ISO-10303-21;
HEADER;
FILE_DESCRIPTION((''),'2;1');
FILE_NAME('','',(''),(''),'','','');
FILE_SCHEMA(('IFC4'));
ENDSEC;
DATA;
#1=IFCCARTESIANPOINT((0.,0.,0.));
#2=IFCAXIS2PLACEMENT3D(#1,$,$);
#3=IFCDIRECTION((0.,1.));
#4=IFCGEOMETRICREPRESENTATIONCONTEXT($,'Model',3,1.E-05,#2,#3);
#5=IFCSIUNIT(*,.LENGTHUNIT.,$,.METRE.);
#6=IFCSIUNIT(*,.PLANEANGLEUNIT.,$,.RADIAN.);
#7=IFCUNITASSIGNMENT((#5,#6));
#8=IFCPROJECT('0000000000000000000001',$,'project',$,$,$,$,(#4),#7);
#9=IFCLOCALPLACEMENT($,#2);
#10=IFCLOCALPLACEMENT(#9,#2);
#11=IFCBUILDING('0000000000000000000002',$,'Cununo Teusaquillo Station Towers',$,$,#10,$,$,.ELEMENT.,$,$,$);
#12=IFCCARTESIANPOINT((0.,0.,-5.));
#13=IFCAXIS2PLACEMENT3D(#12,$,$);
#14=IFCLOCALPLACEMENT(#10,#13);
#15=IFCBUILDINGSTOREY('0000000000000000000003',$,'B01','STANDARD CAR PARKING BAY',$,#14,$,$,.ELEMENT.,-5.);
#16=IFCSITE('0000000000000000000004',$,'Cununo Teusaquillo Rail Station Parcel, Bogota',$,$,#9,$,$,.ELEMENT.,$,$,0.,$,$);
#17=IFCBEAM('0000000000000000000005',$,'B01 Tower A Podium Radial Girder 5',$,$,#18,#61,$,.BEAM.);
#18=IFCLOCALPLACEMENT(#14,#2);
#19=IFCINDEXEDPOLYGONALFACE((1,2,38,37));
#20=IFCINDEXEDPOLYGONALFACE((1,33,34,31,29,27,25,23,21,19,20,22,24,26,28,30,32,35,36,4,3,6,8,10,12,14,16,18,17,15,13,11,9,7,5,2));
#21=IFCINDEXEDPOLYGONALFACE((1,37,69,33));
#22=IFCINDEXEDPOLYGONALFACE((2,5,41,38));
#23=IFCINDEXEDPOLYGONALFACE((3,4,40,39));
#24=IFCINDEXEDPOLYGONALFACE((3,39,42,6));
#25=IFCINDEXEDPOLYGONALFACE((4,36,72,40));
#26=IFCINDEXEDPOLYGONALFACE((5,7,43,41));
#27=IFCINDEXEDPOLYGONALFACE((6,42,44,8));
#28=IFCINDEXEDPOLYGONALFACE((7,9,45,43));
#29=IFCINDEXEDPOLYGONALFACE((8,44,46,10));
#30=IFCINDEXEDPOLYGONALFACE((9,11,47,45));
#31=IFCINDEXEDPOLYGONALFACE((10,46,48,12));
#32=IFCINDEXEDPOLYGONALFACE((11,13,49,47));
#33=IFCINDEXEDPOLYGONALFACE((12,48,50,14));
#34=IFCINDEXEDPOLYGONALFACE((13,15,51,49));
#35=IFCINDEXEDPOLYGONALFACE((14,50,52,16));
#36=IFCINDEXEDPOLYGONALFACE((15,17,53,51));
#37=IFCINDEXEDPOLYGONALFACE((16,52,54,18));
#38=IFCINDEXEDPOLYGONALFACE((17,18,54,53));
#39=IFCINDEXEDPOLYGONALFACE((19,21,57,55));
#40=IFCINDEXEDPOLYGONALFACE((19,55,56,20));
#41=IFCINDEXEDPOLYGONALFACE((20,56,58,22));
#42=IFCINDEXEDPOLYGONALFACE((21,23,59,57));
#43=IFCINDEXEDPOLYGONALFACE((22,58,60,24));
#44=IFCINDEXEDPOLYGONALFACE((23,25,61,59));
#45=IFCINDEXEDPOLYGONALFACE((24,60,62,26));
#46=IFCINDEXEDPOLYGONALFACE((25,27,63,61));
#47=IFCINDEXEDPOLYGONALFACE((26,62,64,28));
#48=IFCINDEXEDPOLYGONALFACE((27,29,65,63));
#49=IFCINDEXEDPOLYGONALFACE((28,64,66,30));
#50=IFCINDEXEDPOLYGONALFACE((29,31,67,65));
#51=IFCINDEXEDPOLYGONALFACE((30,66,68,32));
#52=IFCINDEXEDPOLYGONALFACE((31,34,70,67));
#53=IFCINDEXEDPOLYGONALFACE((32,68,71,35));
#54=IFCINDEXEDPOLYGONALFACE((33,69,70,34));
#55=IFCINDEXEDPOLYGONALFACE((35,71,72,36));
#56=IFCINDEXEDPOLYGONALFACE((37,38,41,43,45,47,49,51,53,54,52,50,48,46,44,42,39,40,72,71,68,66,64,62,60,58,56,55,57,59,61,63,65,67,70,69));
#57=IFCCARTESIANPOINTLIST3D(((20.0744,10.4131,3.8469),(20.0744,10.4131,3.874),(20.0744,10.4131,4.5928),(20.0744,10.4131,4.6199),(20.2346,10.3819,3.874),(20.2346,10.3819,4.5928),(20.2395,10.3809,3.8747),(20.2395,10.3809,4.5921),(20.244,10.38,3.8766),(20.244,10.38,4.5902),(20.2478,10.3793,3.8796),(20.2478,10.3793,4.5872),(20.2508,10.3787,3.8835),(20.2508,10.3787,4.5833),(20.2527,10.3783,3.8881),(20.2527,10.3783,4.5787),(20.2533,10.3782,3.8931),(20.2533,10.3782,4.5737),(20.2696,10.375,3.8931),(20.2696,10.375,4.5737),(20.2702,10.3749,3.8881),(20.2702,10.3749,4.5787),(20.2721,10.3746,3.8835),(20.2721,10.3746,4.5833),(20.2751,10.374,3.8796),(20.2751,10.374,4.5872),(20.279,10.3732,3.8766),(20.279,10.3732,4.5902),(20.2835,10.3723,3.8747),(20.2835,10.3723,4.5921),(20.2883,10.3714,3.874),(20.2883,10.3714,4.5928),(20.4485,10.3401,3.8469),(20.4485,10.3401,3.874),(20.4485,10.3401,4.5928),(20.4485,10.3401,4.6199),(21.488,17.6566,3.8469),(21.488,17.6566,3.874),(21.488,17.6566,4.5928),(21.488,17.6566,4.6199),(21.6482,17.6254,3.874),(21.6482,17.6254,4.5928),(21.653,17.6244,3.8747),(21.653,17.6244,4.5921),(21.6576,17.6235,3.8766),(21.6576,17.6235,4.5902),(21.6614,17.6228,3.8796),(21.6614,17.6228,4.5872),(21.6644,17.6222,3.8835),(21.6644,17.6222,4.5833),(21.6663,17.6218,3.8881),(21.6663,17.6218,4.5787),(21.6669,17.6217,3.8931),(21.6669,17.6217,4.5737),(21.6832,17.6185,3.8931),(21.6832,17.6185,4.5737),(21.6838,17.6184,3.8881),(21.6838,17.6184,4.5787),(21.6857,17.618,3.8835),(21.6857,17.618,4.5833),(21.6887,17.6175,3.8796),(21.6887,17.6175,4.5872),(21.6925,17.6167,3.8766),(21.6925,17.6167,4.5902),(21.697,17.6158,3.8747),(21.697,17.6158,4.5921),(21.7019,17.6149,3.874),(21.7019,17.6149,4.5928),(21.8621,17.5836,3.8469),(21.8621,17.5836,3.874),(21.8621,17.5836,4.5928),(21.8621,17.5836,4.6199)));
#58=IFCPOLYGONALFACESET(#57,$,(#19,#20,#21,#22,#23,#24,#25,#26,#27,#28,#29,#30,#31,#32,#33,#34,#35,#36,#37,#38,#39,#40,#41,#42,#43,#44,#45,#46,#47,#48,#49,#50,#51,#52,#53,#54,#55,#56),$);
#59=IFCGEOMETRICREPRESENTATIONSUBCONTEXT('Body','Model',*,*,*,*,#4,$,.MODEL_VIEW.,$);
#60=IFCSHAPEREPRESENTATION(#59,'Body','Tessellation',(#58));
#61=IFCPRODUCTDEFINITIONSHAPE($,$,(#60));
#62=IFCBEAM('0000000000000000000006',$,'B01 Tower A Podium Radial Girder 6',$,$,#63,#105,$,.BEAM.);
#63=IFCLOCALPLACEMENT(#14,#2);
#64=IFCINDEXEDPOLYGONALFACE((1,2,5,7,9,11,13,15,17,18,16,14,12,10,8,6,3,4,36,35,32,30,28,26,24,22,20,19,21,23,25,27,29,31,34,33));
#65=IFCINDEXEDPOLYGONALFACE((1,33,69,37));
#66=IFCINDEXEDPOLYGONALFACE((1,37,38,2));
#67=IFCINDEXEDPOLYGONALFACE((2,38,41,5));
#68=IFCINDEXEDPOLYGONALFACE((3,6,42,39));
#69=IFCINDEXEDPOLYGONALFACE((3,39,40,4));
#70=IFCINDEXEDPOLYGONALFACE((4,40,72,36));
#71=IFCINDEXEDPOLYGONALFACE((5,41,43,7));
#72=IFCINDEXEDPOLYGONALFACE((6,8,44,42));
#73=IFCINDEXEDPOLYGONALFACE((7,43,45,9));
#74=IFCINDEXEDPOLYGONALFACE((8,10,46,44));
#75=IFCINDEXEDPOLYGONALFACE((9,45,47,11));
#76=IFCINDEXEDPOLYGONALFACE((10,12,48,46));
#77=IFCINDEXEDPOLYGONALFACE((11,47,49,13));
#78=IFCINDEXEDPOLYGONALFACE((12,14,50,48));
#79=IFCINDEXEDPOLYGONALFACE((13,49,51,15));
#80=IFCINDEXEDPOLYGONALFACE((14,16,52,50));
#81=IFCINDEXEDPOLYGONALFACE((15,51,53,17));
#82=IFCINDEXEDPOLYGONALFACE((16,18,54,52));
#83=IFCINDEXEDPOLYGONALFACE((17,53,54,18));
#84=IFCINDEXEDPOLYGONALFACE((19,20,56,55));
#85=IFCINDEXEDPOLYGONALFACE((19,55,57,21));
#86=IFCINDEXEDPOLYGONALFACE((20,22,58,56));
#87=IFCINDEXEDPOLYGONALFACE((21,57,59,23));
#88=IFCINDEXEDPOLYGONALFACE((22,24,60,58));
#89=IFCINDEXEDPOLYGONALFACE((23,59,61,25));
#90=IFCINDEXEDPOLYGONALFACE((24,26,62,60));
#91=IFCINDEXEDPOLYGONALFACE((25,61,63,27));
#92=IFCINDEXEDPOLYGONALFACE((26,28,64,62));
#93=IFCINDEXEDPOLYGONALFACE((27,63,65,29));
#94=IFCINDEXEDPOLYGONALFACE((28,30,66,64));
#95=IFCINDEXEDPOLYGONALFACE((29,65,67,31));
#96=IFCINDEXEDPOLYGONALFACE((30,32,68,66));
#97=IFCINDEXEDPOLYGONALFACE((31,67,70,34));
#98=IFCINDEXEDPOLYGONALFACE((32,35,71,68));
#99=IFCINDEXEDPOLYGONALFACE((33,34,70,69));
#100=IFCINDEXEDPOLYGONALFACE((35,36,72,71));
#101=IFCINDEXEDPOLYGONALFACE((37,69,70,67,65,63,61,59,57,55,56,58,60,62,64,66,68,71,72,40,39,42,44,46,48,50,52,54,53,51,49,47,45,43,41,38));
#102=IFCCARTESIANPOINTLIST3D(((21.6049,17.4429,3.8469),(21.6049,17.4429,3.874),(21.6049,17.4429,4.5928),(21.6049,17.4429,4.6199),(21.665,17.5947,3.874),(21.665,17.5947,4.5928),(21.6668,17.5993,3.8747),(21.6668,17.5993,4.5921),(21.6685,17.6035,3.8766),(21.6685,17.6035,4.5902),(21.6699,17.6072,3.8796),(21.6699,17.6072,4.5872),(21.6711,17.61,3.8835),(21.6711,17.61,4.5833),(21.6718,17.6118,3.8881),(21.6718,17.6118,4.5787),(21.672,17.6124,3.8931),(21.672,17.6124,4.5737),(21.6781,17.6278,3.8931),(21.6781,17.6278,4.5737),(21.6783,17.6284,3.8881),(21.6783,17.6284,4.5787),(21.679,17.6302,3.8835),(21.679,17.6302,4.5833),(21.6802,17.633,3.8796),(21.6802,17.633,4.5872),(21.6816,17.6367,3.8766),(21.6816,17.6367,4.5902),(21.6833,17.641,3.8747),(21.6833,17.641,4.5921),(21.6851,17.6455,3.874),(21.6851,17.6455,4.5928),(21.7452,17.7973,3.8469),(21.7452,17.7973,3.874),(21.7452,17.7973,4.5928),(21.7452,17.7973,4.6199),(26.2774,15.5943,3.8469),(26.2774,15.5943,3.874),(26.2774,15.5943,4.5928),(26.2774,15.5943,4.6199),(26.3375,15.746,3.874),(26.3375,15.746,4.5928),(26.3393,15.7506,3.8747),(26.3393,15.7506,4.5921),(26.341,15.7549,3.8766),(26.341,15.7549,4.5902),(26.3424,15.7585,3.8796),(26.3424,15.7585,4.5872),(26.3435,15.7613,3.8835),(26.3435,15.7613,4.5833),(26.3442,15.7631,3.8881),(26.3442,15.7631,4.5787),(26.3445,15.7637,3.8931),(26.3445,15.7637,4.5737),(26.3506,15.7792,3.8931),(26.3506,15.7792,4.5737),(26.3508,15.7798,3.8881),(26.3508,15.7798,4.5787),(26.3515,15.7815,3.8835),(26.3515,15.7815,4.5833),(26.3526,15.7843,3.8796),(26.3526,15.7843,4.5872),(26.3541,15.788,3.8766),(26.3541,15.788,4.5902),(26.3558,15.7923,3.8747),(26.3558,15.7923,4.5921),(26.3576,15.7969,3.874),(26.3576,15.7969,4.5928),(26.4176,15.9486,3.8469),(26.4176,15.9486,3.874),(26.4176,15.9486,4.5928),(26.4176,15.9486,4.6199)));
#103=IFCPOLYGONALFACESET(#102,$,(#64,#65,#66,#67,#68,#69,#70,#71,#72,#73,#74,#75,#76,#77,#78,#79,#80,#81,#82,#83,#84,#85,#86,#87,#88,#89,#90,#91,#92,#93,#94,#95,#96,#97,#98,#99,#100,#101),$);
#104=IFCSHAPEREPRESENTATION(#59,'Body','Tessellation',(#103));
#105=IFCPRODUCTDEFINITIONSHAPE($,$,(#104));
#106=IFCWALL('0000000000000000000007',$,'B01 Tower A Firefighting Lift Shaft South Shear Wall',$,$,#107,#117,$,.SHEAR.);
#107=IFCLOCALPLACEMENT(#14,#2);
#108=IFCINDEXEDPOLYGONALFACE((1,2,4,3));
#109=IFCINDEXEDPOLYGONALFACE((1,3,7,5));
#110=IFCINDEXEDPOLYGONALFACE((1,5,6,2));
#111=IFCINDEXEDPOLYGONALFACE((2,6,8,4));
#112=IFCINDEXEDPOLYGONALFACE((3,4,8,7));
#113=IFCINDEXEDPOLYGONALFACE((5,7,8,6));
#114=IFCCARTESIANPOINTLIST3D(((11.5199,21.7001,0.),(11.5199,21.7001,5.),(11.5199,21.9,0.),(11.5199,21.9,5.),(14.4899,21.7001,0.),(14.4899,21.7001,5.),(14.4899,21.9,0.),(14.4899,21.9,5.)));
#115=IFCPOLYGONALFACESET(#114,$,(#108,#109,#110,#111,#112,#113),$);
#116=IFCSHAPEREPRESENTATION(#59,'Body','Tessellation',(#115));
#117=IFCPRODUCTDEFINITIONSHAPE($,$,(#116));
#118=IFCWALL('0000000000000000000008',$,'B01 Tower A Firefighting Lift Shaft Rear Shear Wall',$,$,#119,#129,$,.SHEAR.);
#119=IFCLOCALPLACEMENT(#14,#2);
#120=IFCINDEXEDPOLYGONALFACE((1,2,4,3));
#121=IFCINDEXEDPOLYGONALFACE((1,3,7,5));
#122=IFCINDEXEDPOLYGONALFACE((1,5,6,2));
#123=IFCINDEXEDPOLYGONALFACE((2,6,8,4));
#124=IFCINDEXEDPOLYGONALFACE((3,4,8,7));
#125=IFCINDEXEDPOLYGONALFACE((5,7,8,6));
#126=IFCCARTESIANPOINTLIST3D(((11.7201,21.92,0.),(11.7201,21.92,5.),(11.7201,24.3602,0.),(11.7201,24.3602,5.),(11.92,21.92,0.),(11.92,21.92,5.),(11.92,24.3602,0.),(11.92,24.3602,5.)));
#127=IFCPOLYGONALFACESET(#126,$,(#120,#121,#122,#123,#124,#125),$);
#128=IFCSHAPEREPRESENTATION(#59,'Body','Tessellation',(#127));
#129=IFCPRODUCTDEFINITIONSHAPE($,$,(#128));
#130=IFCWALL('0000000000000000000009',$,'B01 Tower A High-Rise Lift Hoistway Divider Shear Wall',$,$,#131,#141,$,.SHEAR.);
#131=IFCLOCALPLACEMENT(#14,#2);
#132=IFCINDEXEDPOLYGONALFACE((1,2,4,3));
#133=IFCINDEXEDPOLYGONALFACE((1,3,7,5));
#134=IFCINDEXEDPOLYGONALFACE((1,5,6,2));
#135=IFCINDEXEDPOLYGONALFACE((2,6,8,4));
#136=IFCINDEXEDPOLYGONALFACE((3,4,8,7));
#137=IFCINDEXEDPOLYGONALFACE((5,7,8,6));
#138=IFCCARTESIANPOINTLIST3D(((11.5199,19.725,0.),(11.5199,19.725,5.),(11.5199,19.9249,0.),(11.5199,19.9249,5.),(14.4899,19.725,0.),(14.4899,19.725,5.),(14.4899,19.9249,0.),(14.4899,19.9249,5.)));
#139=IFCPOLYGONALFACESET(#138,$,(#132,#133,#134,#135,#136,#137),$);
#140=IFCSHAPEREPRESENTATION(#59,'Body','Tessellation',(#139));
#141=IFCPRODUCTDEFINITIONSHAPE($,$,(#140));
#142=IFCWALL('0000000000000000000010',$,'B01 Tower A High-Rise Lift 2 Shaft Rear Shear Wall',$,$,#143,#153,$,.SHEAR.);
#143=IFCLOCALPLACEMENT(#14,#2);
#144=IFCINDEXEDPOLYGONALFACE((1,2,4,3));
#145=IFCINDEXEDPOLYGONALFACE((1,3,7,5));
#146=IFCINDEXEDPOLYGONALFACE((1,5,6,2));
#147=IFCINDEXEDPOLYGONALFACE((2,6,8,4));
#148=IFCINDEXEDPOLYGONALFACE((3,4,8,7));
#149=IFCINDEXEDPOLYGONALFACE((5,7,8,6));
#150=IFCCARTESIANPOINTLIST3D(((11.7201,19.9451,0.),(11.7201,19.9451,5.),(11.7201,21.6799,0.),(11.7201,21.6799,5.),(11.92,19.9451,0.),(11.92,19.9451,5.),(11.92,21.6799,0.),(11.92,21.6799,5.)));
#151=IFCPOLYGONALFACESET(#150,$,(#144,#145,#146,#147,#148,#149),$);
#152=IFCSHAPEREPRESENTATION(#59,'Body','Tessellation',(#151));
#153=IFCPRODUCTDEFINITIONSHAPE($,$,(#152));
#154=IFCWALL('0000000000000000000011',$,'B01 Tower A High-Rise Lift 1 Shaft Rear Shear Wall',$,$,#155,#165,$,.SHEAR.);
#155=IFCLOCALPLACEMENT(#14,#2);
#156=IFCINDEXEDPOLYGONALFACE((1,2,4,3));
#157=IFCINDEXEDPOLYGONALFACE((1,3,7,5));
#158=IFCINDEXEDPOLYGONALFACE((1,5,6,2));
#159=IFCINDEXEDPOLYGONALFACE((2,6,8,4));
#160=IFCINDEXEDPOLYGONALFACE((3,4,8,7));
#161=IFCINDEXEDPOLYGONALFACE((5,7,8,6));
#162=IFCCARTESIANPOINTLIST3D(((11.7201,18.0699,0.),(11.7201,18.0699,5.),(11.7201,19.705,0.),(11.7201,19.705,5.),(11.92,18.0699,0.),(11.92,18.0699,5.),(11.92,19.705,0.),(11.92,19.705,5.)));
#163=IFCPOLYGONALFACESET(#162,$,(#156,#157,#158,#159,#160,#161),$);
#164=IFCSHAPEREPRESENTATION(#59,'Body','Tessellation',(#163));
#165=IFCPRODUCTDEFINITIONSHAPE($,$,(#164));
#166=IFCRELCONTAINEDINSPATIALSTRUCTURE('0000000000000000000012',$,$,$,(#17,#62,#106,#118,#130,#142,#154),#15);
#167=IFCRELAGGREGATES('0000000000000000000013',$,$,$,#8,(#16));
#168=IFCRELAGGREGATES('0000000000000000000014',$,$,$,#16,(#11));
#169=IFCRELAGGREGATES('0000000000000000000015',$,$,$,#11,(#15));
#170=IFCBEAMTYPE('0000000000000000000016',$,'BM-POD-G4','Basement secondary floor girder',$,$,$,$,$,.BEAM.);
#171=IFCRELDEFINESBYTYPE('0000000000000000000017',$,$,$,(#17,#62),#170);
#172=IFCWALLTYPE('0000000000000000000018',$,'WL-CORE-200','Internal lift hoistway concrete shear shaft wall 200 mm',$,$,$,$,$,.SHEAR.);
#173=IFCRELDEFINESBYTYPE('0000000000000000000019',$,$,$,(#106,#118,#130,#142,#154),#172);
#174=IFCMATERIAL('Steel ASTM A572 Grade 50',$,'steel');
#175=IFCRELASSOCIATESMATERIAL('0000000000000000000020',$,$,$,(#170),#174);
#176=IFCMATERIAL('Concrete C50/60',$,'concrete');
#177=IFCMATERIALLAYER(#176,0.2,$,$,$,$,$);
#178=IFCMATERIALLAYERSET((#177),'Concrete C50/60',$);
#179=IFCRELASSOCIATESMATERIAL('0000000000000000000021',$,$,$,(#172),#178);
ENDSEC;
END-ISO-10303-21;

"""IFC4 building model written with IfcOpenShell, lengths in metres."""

from ifc_helpers import new_model, si_unit, direction, frame, frame_2d, origin, origin_2d, place, context, subcontext, project, spatial, rectangle, i_section, extrude, material, layer, layer_set, material_profile, profile_set, type_object, element, save


model = new_model("IFC4")

# Units and contexts
model_context = context("Model", 3, precision=1e-05, world=origin(), true_north=direction((0.0, 1.0)))
body_context = subcontext(model_context, "Body", "Model", "MODEL_VIEW")
ifc_project = project(units=[si_unit("LENGTHUNIT", "METRE"), si_unit("PLANEANGLEUNIT", "RADIAN")], contexts=[model_context])

# Site, building, storey
site_placement = place(None, origin())
site = spatial("IfcSite", under=ifc_project, at=site_placement, Name="Cununo Teusaquillo Rail Station Parcel, Bogota", CompositionType="ELEMENT", RefElevation=0.0)
building_placement = place(site_placement, origin())
building = spatial("IfcBuilding", under=site, at=building_placement, Name="Cununo Teusaquillo Station Towers", CompositionType="ELEMENT")
storey_placement = place(building_placement, frame((0.0, 0.0, -5.0)))
storey = spatial("IfcBuildingStorey", under=building, at=storey_placement, Name="B01", Description="STANDARD CAR PARKING BAY", CompositionType="ELEMENT", Elevation=-5.0)

# Beams
ifc_material_1 = material(Name="Steel ASTM A572 Grade 50", Category="steel")
ifc_material_profile = material_profile(ifc_material_1, i_section(OverallWidth=0.3811, OverallDepth=0.7729, WebThickness=0.0166, FlangeThickness=0.0271, FilletRadius=0.019, at=origin_2d()), Name="W30X173")
ifc_profile_set = profile_set([ifc_material_profile], Name="Steel ASTM A572 Grade 50")
beam_type = type_object("IfcBeamType", Name="BM-POD-G4", Description="Basement secondary floor girder", PredefinedType="BEAM", material=ifc_profile_set)
beam_1_placement = place(storey_placement, frame((21.675, 17.6201, 4.2334), z_axis=(-0.19154, -0.981485, 0.0), x_axis=(0.981485, -0.19154, 0.0)))
element("IfcBeam", 1, at=beam_1_placement, inside=storey, type_object=beam_type, Name="B01 Tower A Podium Radial Girder 5", PredefinedType="BEAM", context=body_context, shape_type="SweptSolid", body=[
    extrude(i_section(OverallWidth=0.3811, OverallDepth=0.7729, WebThickness=0.0166, FlangeThickness=0.0271, FilletRadius=0.019, at=origin_2d()), origin(), (0.0, 0.0, 1.0), 7.3801),
])
beam_2_placement = place(storey_placement, frame((21.675, 17.6201, 4.2334), z_axis=(0.929864, -0.367903, 0.0), x_axis=(0.367903, 0.929864, 0.0)))
element("IfcBeam", 2, at=beam_2_placement, inside=storey, type_object=beam_type, Name="B01 Tower A Podium Radial Girder 6", PredefinedType="BEAM", context=body_context, shape_type="SweptSolid", body=[
    extrude(i_section(OverallWidth=0.3811, OverallDepth=0.7729, WebThickness=0.0166, FlangeThickness=0.0271, FilletRadius=0.019, at=origin_2d()), origin(), (0.0, 0.0, 1.0), 5.0249),
])

# Walls
ifc_material_2 = material(Name="Concrete C50/60", Category="concrete")
ifc_layer_1 = layer(ifc_material_2, 0.2)
ifc_layer_set_1 = layer_set([ifc_layer_1], Name="Concrete C50/60")
wall_type_1 = type_object("IfcWallType", Name="WL-CORE-200", Description="Internal lift hoistway concrete shear shaft wall 200 mm", PredefinedType="SHEAR", material=ifc_layer_set_1)
wall_1_placement = place(storey_placement, frame((11.52, 21.8, 0.0), z_axis=(0.0, 0.0, 1.0), x_axis=(1.0, 0.0, 0.0)))
element("IfcWall", 3, at=wall_1_placement, inside=storey, type_object=wall_type_1, Name="B01 Tower A Firefighting Lift Shaft South Shear Wall", PredefinedType="SHEAR", context=body_context, shape_type="SweptSolid", body=[
    extrude(rectangle(XDim=2.97, YDim=0.2, at=frame_2d((1.4849, 0.0))), origin(), (0.0, 0.0, 1.0), 5.0),
])
wall_2_placement = place(storey_placement, frame((11.8201, 21.9199, 0.0), z_axis=(0.0, 0.0, 1.0), x_axis=(0.0, 1.0, 0.0)))
element("IfcWall", 4, at=wall_2_placement, inside=storey, type_object=wall_type_1, Name="B01 Tower A Firefighting Lift Shaft Rear Shear Wall", PredefinedType="SHEAR", context=body_context, shape_type="SweptSolid", body=[
    extrude(rectangle(XDim=2.4402, YDim=0.2, at=frame_2d((1.2202, 0.0))), origin(), (0.0, 0.0, 1.0), 5.0),
])
wall_3_placement = place(storey_placement, frame((11.52, 19.825, 0.0), z_axis=(0.0, 0.0, 1.0), x_axis=(1.0, 0.0, 0.0)))
element("IfcWall", 5, at=wall_3_placement, inside=storey, type_object=wall_type_1, Name="B01 Tower A High-Rise Lift Hoistway Divider Shear Wall", PredefinedType="SHEAR", context=body_context, shape_type="SweptSolid", body=[
    extrude(rectangle(XDim=2.97, YDim=0.2, at=frame_2d((1.4849, 0.0))), origin(), (0.0, 0.0, 1.0), 5.0),
])
wall_4_placement = place(storey_placement, frame((11.8201, 19.9451, 0.0), z_axis=(0.0, 0.0, 1.0), x_axis=(0.0, 1.0, 0.0)))
element("IfcWall", 6, at=wall_4_placement, inside=storey, type_object=wall_type_1, Name="B01 Tower A High-Rise Lift 2 Shaft Rear Shear Wall", PredefinedType="SHEAR", context=body_context, shape_type="SweptSolid", body=[
    extrude(rectangle(XDim=1.7349, YDim=0.2, at=frame_2d((0.8674, 0.0))), origin(), (0.0, 0.0, 1.0), 5.0),
])
wall_5_placement = place(storey_placement, frame((11.8201, 18.0701, 0.0), z_axis=(0.0, 0.0, 1.0), x_axis=(0.0, 1.0, 0.0)))
element("IfcWall", 7, at=wall_5_placement, inside=storey, type_object=wall_type_1, Name="B01 Tower A High-Rise Lift 1 Shaft Rear Shear Wall", PredefinedType="SHEAR", context=body_context, shape_type="SweptSolid", body=[
    extrude(rectangle(XDim=1.635, YDim=0.2, at=frame_2d((0.8174, 0.0))), origin(), (0.0, 0.0, 1.0), 5.0),
])

save(model, "model.ifc")
